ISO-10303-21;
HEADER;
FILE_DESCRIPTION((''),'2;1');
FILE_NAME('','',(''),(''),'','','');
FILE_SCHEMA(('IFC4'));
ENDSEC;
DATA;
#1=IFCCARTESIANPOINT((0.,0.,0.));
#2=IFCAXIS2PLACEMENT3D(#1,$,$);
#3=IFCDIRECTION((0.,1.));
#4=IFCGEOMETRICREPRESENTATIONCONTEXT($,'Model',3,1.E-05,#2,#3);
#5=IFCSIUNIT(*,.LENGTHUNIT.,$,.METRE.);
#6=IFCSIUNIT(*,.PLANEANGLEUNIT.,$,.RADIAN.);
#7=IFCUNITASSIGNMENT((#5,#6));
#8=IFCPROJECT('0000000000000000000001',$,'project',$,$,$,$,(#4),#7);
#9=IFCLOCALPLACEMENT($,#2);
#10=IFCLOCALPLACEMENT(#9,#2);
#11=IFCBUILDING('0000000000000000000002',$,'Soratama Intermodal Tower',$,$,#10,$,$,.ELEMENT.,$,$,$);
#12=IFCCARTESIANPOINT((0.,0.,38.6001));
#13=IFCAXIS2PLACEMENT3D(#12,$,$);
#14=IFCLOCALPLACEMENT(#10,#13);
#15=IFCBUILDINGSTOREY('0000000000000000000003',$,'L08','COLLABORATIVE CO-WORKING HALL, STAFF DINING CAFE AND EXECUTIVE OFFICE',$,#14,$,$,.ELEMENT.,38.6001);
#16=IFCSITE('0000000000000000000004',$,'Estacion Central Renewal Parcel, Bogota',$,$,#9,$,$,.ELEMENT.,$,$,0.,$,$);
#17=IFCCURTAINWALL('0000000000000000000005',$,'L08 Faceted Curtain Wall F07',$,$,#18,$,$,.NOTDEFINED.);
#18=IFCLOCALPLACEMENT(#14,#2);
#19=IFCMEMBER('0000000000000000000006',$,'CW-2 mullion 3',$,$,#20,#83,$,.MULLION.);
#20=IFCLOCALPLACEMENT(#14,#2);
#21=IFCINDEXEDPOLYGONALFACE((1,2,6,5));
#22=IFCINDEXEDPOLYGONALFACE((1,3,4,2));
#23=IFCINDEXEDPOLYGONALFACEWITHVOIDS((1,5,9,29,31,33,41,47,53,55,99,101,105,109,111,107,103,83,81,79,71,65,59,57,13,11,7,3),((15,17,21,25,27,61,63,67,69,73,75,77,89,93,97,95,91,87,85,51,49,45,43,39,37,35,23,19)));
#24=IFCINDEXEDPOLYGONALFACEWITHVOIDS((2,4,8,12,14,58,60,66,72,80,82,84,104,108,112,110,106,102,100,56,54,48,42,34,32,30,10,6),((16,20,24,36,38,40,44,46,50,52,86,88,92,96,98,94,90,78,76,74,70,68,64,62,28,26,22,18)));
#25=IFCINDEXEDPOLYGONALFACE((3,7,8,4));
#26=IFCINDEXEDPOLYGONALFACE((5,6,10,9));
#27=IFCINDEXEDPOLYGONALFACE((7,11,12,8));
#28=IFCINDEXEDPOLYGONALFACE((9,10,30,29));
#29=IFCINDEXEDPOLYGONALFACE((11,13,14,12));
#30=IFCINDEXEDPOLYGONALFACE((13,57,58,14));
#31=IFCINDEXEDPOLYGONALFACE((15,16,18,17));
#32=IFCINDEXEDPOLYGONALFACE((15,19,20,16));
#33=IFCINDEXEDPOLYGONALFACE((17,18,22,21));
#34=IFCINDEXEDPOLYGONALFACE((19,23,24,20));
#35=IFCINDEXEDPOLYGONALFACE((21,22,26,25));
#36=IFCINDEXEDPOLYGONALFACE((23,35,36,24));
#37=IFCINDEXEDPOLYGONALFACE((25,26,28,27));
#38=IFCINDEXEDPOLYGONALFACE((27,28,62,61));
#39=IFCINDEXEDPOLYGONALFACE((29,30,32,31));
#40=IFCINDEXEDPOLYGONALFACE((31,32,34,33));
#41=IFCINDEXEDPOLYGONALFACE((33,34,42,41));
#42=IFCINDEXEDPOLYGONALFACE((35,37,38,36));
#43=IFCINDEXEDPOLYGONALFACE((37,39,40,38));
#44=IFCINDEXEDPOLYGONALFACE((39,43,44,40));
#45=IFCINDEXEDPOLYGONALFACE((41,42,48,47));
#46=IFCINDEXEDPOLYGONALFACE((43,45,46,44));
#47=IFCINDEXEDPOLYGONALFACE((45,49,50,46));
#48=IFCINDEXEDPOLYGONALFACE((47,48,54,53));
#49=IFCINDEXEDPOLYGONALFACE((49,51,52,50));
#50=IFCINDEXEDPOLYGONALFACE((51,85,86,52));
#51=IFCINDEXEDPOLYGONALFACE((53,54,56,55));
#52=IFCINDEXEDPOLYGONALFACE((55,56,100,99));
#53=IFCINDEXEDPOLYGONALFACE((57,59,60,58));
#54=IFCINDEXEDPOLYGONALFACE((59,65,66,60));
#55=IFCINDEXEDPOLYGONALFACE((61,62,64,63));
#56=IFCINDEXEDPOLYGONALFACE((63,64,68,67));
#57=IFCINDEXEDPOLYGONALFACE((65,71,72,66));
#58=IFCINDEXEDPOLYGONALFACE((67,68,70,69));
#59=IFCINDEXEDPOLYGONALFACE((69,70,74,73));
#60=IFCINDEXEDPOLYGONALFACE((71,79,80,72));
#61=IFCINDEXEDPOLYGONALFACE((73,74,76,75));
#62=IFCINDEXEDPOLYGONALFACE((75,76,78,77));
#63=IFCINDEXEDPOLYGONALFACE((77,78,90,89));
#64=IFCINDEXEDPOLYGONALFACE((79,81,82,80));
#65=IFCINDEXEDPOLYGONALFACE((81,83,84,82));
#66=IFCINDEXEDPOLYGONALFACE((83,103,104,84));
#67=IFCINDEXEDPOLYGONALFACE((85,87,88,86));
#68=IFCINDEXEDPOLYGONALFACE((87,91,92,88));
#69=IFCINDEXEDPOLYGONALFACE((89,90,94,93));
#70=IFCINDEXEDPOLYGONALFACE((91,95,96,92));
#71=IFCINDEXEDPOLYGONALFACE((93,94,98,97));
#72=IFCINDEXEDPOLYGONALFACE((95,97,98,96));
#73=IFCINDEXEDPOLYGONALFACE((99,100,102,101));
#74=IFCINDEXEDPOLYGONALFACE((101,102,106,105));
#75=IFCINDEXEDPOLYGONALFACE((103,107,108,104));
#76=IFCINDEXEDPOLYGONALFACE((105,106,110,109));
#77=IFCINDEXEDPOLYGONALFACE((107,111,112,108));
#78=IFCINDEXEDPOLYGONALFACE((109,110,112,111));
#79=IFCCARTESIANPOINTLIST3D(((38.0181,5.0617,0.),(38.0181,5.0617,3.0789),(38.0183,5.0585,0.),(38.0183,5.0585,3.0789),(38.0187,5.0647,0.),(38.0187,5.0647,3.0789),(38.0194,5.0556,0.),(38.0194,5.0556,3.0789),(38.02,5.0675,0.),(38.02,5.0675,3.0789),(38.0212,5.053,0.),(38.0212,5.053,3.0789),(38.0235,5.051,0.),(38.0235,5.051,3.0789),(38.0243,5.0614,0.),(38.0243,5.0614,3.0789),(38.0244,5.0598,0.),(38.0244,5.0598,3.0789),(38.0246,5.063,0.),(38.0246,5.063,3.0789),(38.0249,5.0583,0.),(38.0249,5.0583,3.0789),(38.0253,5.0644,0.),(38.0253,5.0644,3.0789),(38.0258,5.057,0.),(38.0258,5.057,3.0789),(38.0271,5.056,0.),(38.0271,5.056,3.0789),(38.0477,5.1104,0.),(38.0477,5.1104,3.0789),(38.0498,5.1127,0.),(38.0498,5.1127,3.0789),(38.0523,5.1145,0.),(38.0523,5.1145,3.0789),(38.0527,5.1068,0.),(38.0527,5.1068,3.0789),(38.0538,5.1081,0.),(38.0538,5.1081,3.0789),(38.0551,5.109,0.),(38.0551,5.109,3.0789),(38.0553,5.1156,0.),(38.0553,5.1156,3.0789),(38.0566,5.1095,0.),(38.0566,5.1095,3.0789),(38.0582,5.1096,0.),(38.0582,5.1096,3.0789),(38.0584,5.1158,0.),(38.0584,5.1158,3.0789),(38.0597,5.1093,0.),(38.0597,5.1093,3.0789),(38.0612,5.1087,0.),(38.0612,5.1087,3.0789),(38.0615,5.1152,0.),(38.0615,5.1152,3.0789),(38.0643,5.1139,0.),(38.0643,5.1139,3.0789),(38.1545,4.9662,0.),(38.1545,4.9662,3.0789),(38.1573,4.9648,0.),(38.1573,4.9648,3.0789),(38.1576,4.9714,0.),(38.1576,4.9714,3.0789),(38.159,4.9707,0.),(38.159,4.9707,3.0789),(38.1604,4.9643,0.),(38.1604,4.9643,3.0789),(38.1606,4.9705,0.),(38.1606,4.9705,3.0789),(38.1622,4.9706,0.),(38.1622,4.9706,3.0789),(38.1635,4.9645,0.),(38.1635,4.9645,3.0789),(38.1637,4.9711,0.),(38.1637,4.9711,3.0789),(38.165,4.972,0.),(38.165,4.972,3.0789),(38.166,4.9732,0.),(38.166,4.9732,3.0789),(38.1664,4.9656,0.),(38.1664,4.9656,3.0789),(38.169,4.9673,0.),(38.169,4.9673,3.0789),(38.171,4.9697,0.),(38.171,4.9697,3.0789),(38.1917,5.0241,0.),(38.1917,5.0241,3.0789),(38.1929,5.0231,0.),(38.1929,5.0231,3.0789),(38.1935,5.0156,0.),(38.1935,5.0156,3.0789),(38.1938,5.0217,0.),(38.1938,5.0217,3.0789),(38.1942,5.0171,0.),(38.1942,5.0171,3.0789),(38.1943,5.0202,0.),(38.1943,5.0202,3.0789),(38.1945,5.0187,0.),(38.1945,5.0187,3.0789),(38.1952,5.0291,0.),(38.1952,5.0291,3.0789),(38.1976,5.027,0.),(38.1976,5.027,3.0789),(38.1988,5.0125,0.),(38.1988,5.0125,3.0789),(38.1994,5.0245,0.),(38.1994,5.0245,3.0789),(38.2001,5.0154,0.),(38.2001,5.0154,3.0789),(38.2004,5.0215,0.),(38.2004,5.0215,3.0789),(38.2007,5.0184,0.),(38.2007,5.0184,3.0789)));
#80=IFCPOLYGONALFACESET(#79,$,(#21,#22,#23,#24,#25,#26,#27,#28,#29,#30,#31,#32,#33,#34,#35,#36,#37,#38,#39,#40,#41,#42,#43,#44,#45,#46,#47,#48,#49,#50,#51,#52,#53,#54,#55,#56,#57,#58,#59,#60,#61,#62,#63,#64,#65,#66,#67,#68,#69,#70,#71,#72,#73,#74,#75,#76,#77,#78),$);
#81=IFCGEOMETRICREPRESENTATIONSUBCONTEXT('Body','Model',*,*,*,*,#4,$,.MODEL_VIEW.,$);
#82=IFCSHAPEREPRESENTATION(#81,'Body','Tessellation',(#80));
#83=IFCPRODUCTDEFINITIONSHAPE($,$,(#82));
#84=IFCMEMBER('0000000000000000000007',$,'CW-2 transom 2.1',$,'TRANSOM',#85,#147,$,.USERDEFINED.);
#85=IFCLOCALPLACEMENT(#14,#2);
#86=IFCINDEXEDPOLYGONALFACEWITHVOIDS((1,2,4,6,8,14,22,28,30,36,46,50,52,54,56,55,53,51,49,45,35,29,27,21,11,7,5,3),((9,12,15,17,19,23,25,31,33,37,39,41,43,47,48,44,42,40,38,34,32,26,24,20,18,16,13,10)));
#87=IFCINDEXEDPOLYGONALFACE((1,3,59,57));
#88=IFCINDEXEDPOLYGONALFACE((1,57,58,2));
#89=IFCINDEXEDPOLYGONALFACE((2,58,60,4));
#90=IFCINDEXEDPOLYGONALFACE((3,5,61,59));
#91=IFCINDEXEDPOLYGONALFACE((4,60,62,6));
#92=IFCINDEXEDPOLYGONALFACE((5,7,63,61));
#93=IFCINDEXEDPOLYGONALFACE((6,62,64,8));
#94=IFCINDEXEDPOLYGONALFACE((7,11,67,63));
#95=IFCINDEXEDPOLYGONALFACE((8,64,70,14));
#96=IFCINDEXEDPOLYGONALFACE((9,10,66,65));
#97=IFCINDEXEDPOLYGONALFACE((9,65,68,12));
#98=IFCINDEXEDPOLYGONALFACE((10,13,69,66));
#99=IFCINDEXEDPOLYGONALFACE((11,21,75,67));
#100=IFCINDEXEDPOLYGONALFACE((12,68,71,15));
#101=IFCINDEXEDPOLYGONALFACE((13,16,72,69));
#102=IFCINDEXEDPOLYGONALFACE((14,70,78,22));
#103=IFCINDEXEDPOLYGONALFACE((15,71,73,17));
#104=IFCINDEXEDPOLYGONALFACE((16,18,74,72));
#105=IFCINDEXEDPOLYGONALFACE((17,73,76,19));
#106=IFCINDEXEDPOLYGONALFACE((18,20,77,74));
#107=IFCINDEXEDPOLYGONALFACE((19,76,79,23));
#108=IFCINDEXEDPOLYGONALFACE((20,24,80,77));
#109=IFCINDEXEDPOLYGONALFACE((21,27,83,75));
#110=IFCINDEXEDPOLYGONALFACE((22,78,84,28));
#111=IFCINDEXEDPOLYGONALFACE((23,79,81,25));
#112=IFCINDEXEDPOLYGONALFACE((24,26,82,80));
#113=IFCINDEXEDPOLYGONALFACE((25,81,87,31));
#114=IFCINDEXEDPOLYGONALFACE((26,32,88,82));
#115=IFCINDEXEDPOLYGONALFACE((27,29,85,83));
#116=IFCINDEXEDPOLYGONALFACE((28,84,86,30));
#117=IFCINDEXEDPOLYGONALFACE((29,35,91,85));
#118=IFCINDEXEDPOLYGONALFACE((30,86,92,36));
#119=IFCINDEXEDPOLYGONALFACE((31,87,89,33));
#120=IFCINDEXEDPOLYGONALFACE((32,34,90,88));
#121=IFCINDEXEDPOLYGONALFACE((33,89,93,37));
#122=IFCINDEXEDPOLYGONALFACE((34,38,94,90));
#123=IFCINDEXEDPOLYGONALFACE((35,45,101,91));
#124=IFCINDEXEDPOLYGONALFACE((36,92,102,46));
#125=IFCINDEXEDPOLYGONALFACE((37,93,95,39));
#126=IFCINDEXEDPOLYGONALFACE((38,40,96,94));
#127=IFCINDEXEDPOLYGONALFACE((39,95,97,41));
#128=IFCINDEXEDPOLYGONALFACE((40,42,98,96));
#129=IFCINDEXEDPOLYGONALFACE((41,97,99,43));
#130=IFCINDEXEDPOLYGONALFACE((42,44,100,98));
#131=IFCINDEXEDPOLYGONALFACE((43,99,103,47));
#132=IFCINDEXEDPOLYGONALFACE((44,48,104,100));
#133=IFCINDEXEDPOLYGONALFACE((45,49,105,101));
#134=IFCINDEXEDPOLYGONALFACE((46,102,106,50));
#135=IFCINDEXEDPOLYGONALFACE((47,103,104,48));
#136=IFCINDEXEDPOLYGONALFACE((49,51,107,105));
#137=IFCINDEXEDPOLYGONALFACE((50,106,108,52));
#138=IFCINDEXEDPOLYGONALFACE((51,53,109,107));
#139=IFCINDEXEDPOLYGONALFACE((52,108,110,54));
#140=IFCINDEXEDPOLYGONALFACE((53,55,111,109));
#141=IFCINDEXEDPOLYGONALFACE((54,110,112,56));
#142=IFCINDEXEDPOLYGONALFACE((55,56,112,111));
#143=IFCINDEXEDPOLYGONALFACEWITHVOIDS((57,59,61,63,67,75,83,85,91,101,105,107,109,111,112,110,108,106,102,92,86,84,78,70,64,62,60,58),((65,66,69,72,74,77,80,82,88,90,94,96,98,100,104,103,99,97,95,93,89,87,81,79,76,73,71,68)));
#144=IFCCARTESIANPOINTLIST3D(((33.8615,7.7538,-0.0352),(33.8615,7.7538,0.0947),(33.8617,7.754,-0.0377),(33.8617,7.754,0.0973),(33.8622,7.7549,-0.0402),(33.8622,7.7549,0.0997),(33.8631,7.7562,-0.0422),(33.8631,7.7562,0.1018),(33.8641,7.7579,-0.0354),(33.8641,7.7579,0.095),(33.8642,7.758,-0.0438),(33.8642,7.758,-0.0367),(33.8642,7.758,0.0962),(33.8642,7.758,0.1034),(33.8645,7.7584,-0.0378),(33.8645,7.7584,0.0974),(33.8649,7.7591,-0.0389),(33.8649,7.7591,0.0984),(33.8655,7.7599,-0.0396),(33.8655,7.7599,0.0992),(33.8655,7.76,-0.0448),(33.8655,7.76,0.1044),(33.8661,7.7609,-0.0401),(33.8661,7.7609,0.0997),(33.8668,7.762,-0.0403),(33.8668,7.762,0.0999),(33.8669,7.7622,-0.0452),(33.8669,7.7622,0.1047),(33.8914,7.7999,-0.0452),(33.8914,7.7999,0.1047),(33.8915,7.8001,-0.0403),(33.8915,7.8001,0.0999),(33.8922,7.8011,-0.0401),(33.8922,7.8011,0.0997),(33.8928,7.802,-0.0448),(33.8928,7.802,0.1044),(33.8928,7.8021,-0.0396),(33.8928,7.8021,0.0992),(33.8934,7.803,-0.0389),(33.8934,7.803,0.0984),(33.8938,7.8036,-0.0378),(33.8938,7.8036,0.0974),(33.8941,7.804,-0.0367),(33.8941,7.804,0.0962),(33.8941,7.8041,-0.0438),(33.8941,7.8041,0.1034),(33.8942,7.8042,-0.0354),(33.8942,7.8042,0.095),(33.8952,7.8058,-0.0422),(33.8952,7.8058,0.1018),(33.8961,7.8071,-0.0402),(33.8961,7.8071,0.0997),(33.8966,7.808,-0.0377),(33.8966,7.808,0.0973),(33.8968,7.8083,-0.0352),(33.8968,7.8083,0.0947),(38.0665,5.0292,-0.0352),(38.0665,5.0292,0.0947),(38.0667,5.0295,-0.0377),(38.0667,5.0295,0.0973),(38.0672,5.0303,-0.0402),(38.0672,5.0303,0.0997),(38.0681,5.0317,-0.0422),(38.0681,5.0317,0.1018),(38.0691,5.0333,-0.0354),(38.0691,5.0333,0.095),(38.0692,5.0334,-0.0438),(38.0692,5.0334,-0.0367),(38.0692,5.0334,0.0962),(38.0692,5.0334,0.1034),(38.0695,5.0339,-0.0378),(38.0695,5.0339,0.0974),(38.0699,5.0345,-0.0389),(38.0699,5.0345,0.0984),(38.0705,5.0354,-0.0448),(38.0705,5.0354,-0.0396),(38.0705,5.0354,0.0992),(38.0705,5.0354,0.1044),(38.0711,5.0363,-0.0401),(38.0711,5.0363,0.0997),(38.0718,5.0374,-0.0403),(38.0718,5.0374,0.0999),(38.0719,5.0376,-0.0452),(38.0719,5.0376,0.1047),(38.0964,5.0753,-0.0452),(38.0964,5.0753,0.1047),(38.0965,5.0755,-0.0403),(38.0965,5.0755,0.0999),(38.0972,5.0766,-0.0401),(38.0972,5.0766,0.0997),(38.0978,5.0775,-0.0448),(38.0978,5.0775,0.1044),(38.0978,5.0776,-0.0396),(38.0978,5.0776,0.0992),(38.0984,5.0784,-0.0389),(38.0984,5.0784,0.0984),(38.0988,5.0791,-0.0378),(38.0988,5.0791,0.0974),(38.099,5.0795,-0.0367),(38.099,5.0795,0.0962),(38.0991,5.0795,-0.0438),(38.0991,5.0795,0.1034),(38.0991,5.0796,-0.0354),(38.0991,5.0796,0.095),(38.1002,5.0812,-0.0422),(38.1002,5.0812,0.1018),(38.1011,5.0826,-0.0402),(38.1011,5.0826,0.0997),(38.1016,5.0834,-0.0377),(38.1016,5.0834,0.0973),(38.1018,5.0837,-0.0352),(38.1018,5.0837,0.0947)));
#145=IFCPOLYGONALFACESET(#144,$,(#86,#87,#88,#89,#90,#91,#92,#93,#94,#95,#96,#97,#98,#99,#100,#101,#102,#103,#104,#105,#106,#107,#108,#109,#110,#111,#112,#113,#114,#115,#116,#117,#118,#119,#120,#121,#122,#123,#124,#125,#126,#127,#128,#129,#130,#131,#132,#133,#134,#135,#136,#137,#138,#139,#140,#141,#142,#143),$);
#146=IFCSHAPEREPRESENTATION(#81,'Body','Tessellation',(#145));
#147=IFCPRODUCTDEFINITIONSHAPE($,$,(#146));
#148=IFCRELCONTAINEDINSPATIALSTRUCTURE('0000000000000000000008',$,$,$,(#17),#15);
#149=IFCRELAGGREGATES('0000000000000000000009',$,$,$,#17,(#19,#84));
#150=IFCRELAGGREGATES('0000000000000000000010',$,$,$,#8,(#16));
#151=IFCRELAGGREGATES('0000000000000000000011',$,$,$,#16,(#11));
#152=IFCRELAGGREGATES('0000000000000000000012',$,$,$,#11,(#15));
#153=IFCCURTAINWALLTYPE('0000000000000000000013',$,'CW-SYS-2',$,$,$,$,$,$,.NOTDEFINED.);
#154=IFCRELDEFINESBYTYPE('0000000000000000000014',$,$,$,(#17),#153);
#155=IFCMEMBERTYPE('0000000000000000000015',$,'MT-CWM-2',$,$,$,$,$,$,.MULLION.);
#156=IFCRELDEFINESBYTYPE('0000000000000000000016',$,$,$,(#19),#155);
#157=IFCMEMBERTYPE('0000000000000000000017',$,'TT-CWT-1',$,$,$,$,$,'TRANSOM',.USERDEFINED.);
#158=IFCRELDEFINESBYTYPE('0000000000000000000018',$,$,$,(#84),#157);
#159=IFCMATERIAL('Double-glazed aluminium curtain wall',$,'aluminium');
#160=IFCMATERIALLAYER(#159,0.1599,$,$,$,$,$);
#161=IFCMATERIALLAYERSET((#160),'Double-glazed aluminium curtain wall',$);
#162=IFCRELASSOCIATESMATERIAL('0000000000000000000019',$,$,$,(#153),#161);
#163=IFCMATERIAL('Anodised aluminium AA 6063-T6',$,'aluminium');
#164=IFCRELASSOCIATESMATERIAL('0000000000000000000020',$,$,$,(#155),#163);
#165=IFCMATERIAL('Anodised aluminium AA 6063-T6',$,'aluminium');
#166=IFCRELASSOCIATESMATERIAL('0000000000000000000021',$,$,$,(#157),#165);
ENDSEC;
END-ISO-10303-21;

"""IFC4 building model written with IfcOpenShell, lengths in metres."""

from ifc_helpers import new_model, si_unit, direction, frame, origin, origin_2d, place, context, subcontext, project, spatial, hollow_rectangle, extrude, material, layer, layer_set, material_profile, profile_set, type_object, element, aggregate, save


model = new_model("IFC4")

# Units and contexts
model_context = context("Model", 3, precision=1e-05, world=origin(), true_north=direction((0.0, 1.0)))
body_context = subcontext(model_context, "Body", "Model", "MODEL_VIEW")
ifc_project = project(units=[si_unit("LENGTHUNIT", "METRE"), si_unit("PLANEANGLEUNIT", "RADIAN")], contexts=[model_context])

# Site, building, storey
site_placement = place(None, origin())
site = spatial("IfcSite", under=ifc_project, at=site_placement, Name="Estacion Central Renewal Parcel, Bogota", CompositionType="ELEMENT", RefElevation=0.0)
building_placement = place(site_placement, origin())
building = spatial("IfcBuilding", under=site, at=building_placement, Name="Soratama Intermodal Tower", CompositionType="ELEMENT")
storey_placement = place(building_placement, frame((0.0, 0.0, 38.6001)))
storey = spatial("IfcBuildingStorey", under=building, at=storey_placement, Name="L08", Description="COLLABORATIVE CO-WORKING HALL, STAFF DINING CAFE AND EXECUTIVE OFFICE", CompositionType="ELEMENT", Elevation=38.6001)

# Curtain wall, members
ifc_material_1 = material(Name="Double-glazed aluminium curtain wall", Category="aluminium")
ifc_layer_1 = layer(ifc_material_1, 0.1599)
ifc_layer_set_1 = layer_set([ifc_layer_1], Name="Double-glazed aluminium curtain wall")
curtain_wall_type = type_object("IfcCurtainWallType", Name="CW-SYS-2", PredefinedType="NOTDEFINED", material=ifc_layer_set_1)
curtain_wall_placement = place(storey_placement, origin())
curtain_wall = element("IfcCurtainWall", 1, at=curtain_wall_placement, inside=storey, type_object=curtain_wall_type, Name="L08 Faceted Curtain Wall F07", PredefinedType="NOTDEFINED")
ifc_material_2 = material(Name="Anodised aluminium AA 6063-T6", Category="aluminium")
ifc_material_profile_1 = material_profile(ifc_material_2, hollow_rectangle(XDim=0.075, YDim=0.1799, WallThickness=0.0061, InnerFilletRadius=0.0061, OuterFilletRadius=0.012, at=origin_2d()), Name="CWM180X75X6")
ifc_profile_set_1 = profile_set([ifc_material_profile_1], Name="Anodised aluminium AA 6063-T6")
member_type_1 = type_object("IfcMemberType", Name="MT-CWM-2", PredefinedType="MULLION", material=ifc_profile_set_1)
member_1_placement = place(storey_placement, frame((38.1094, 5.04, 0.0), z_axis=(0.0, 0.0, 1.0), x_axis=(0.543763, 0.839239, 0.0)))
member_1 = element("IfcMember", 2, at=member_1_placement, type_object=member_type_1, Name="CW-2 mullion 3", PredefinedType="MULLION", context=body_context, shape_type="SweptSolid", body=[
    extrude(hollow_rectangle(XDim=0.075, YDim=0.1799, WallThickness=0.0061, InnerFilletRadius=0.0061, OuterFilletRadius=0.012, at=origin_2d()), origin(), (0.0, 0.0, 1.0), 3.0789),
])
ifc_material_3 = material(Name="Anodised aluminium AA 6063-T6", Category="aluminium")
ifc_material_profile_2 = material_profile(ifc_material_3, hollow_rectangle(XDim=0.0649, YDim=0.1499, WallThickness=0.0049, InnerFilletRadius=0.0049, OuterFilletRadius=0.01, at=origin_2d()), Name="CWT150X65X5")
ifc_profile_set_2 = profile_set([ifc_material_profile_2], Name="Anodised aluminium AA 6063-T6")
member_type_2 = type_object("IfcMemberType", Name="TT-CWT-1", ElementType="TRANSOM", PredefinedType="USERDEFINED", material=ifc_profile_set_2)
member_2_placement = place(storey_placement, frame((33.8792, 7.781, 0.0298), z_axis=(0.839235, -0.543768, 0.0), x_axis=(0.543768, 0.839235, 0.0)))
member_2 = element("IfcMember", 3, at=member_2_placement, type_object=member_type_2, Name="CW-2 transom 2.1", ObjectType="TRANSOM", PredefinedType="USERDEFINED", context=body_context, shape_type="SweptSolid", body=[
    extrude(hollow_rectangle(XDim=0.0649, YDim=0.1499, WallThickness=0.0049, InnerFilletRadius=0.0049, OuterFilletRadius=0.01, at=origin_2d()), origin(), (0.0, 0.0, 1.0), 5.0105),
])
aggregate(curtain_wall, [member_1, member_2])

save(model, "model.ifc")
